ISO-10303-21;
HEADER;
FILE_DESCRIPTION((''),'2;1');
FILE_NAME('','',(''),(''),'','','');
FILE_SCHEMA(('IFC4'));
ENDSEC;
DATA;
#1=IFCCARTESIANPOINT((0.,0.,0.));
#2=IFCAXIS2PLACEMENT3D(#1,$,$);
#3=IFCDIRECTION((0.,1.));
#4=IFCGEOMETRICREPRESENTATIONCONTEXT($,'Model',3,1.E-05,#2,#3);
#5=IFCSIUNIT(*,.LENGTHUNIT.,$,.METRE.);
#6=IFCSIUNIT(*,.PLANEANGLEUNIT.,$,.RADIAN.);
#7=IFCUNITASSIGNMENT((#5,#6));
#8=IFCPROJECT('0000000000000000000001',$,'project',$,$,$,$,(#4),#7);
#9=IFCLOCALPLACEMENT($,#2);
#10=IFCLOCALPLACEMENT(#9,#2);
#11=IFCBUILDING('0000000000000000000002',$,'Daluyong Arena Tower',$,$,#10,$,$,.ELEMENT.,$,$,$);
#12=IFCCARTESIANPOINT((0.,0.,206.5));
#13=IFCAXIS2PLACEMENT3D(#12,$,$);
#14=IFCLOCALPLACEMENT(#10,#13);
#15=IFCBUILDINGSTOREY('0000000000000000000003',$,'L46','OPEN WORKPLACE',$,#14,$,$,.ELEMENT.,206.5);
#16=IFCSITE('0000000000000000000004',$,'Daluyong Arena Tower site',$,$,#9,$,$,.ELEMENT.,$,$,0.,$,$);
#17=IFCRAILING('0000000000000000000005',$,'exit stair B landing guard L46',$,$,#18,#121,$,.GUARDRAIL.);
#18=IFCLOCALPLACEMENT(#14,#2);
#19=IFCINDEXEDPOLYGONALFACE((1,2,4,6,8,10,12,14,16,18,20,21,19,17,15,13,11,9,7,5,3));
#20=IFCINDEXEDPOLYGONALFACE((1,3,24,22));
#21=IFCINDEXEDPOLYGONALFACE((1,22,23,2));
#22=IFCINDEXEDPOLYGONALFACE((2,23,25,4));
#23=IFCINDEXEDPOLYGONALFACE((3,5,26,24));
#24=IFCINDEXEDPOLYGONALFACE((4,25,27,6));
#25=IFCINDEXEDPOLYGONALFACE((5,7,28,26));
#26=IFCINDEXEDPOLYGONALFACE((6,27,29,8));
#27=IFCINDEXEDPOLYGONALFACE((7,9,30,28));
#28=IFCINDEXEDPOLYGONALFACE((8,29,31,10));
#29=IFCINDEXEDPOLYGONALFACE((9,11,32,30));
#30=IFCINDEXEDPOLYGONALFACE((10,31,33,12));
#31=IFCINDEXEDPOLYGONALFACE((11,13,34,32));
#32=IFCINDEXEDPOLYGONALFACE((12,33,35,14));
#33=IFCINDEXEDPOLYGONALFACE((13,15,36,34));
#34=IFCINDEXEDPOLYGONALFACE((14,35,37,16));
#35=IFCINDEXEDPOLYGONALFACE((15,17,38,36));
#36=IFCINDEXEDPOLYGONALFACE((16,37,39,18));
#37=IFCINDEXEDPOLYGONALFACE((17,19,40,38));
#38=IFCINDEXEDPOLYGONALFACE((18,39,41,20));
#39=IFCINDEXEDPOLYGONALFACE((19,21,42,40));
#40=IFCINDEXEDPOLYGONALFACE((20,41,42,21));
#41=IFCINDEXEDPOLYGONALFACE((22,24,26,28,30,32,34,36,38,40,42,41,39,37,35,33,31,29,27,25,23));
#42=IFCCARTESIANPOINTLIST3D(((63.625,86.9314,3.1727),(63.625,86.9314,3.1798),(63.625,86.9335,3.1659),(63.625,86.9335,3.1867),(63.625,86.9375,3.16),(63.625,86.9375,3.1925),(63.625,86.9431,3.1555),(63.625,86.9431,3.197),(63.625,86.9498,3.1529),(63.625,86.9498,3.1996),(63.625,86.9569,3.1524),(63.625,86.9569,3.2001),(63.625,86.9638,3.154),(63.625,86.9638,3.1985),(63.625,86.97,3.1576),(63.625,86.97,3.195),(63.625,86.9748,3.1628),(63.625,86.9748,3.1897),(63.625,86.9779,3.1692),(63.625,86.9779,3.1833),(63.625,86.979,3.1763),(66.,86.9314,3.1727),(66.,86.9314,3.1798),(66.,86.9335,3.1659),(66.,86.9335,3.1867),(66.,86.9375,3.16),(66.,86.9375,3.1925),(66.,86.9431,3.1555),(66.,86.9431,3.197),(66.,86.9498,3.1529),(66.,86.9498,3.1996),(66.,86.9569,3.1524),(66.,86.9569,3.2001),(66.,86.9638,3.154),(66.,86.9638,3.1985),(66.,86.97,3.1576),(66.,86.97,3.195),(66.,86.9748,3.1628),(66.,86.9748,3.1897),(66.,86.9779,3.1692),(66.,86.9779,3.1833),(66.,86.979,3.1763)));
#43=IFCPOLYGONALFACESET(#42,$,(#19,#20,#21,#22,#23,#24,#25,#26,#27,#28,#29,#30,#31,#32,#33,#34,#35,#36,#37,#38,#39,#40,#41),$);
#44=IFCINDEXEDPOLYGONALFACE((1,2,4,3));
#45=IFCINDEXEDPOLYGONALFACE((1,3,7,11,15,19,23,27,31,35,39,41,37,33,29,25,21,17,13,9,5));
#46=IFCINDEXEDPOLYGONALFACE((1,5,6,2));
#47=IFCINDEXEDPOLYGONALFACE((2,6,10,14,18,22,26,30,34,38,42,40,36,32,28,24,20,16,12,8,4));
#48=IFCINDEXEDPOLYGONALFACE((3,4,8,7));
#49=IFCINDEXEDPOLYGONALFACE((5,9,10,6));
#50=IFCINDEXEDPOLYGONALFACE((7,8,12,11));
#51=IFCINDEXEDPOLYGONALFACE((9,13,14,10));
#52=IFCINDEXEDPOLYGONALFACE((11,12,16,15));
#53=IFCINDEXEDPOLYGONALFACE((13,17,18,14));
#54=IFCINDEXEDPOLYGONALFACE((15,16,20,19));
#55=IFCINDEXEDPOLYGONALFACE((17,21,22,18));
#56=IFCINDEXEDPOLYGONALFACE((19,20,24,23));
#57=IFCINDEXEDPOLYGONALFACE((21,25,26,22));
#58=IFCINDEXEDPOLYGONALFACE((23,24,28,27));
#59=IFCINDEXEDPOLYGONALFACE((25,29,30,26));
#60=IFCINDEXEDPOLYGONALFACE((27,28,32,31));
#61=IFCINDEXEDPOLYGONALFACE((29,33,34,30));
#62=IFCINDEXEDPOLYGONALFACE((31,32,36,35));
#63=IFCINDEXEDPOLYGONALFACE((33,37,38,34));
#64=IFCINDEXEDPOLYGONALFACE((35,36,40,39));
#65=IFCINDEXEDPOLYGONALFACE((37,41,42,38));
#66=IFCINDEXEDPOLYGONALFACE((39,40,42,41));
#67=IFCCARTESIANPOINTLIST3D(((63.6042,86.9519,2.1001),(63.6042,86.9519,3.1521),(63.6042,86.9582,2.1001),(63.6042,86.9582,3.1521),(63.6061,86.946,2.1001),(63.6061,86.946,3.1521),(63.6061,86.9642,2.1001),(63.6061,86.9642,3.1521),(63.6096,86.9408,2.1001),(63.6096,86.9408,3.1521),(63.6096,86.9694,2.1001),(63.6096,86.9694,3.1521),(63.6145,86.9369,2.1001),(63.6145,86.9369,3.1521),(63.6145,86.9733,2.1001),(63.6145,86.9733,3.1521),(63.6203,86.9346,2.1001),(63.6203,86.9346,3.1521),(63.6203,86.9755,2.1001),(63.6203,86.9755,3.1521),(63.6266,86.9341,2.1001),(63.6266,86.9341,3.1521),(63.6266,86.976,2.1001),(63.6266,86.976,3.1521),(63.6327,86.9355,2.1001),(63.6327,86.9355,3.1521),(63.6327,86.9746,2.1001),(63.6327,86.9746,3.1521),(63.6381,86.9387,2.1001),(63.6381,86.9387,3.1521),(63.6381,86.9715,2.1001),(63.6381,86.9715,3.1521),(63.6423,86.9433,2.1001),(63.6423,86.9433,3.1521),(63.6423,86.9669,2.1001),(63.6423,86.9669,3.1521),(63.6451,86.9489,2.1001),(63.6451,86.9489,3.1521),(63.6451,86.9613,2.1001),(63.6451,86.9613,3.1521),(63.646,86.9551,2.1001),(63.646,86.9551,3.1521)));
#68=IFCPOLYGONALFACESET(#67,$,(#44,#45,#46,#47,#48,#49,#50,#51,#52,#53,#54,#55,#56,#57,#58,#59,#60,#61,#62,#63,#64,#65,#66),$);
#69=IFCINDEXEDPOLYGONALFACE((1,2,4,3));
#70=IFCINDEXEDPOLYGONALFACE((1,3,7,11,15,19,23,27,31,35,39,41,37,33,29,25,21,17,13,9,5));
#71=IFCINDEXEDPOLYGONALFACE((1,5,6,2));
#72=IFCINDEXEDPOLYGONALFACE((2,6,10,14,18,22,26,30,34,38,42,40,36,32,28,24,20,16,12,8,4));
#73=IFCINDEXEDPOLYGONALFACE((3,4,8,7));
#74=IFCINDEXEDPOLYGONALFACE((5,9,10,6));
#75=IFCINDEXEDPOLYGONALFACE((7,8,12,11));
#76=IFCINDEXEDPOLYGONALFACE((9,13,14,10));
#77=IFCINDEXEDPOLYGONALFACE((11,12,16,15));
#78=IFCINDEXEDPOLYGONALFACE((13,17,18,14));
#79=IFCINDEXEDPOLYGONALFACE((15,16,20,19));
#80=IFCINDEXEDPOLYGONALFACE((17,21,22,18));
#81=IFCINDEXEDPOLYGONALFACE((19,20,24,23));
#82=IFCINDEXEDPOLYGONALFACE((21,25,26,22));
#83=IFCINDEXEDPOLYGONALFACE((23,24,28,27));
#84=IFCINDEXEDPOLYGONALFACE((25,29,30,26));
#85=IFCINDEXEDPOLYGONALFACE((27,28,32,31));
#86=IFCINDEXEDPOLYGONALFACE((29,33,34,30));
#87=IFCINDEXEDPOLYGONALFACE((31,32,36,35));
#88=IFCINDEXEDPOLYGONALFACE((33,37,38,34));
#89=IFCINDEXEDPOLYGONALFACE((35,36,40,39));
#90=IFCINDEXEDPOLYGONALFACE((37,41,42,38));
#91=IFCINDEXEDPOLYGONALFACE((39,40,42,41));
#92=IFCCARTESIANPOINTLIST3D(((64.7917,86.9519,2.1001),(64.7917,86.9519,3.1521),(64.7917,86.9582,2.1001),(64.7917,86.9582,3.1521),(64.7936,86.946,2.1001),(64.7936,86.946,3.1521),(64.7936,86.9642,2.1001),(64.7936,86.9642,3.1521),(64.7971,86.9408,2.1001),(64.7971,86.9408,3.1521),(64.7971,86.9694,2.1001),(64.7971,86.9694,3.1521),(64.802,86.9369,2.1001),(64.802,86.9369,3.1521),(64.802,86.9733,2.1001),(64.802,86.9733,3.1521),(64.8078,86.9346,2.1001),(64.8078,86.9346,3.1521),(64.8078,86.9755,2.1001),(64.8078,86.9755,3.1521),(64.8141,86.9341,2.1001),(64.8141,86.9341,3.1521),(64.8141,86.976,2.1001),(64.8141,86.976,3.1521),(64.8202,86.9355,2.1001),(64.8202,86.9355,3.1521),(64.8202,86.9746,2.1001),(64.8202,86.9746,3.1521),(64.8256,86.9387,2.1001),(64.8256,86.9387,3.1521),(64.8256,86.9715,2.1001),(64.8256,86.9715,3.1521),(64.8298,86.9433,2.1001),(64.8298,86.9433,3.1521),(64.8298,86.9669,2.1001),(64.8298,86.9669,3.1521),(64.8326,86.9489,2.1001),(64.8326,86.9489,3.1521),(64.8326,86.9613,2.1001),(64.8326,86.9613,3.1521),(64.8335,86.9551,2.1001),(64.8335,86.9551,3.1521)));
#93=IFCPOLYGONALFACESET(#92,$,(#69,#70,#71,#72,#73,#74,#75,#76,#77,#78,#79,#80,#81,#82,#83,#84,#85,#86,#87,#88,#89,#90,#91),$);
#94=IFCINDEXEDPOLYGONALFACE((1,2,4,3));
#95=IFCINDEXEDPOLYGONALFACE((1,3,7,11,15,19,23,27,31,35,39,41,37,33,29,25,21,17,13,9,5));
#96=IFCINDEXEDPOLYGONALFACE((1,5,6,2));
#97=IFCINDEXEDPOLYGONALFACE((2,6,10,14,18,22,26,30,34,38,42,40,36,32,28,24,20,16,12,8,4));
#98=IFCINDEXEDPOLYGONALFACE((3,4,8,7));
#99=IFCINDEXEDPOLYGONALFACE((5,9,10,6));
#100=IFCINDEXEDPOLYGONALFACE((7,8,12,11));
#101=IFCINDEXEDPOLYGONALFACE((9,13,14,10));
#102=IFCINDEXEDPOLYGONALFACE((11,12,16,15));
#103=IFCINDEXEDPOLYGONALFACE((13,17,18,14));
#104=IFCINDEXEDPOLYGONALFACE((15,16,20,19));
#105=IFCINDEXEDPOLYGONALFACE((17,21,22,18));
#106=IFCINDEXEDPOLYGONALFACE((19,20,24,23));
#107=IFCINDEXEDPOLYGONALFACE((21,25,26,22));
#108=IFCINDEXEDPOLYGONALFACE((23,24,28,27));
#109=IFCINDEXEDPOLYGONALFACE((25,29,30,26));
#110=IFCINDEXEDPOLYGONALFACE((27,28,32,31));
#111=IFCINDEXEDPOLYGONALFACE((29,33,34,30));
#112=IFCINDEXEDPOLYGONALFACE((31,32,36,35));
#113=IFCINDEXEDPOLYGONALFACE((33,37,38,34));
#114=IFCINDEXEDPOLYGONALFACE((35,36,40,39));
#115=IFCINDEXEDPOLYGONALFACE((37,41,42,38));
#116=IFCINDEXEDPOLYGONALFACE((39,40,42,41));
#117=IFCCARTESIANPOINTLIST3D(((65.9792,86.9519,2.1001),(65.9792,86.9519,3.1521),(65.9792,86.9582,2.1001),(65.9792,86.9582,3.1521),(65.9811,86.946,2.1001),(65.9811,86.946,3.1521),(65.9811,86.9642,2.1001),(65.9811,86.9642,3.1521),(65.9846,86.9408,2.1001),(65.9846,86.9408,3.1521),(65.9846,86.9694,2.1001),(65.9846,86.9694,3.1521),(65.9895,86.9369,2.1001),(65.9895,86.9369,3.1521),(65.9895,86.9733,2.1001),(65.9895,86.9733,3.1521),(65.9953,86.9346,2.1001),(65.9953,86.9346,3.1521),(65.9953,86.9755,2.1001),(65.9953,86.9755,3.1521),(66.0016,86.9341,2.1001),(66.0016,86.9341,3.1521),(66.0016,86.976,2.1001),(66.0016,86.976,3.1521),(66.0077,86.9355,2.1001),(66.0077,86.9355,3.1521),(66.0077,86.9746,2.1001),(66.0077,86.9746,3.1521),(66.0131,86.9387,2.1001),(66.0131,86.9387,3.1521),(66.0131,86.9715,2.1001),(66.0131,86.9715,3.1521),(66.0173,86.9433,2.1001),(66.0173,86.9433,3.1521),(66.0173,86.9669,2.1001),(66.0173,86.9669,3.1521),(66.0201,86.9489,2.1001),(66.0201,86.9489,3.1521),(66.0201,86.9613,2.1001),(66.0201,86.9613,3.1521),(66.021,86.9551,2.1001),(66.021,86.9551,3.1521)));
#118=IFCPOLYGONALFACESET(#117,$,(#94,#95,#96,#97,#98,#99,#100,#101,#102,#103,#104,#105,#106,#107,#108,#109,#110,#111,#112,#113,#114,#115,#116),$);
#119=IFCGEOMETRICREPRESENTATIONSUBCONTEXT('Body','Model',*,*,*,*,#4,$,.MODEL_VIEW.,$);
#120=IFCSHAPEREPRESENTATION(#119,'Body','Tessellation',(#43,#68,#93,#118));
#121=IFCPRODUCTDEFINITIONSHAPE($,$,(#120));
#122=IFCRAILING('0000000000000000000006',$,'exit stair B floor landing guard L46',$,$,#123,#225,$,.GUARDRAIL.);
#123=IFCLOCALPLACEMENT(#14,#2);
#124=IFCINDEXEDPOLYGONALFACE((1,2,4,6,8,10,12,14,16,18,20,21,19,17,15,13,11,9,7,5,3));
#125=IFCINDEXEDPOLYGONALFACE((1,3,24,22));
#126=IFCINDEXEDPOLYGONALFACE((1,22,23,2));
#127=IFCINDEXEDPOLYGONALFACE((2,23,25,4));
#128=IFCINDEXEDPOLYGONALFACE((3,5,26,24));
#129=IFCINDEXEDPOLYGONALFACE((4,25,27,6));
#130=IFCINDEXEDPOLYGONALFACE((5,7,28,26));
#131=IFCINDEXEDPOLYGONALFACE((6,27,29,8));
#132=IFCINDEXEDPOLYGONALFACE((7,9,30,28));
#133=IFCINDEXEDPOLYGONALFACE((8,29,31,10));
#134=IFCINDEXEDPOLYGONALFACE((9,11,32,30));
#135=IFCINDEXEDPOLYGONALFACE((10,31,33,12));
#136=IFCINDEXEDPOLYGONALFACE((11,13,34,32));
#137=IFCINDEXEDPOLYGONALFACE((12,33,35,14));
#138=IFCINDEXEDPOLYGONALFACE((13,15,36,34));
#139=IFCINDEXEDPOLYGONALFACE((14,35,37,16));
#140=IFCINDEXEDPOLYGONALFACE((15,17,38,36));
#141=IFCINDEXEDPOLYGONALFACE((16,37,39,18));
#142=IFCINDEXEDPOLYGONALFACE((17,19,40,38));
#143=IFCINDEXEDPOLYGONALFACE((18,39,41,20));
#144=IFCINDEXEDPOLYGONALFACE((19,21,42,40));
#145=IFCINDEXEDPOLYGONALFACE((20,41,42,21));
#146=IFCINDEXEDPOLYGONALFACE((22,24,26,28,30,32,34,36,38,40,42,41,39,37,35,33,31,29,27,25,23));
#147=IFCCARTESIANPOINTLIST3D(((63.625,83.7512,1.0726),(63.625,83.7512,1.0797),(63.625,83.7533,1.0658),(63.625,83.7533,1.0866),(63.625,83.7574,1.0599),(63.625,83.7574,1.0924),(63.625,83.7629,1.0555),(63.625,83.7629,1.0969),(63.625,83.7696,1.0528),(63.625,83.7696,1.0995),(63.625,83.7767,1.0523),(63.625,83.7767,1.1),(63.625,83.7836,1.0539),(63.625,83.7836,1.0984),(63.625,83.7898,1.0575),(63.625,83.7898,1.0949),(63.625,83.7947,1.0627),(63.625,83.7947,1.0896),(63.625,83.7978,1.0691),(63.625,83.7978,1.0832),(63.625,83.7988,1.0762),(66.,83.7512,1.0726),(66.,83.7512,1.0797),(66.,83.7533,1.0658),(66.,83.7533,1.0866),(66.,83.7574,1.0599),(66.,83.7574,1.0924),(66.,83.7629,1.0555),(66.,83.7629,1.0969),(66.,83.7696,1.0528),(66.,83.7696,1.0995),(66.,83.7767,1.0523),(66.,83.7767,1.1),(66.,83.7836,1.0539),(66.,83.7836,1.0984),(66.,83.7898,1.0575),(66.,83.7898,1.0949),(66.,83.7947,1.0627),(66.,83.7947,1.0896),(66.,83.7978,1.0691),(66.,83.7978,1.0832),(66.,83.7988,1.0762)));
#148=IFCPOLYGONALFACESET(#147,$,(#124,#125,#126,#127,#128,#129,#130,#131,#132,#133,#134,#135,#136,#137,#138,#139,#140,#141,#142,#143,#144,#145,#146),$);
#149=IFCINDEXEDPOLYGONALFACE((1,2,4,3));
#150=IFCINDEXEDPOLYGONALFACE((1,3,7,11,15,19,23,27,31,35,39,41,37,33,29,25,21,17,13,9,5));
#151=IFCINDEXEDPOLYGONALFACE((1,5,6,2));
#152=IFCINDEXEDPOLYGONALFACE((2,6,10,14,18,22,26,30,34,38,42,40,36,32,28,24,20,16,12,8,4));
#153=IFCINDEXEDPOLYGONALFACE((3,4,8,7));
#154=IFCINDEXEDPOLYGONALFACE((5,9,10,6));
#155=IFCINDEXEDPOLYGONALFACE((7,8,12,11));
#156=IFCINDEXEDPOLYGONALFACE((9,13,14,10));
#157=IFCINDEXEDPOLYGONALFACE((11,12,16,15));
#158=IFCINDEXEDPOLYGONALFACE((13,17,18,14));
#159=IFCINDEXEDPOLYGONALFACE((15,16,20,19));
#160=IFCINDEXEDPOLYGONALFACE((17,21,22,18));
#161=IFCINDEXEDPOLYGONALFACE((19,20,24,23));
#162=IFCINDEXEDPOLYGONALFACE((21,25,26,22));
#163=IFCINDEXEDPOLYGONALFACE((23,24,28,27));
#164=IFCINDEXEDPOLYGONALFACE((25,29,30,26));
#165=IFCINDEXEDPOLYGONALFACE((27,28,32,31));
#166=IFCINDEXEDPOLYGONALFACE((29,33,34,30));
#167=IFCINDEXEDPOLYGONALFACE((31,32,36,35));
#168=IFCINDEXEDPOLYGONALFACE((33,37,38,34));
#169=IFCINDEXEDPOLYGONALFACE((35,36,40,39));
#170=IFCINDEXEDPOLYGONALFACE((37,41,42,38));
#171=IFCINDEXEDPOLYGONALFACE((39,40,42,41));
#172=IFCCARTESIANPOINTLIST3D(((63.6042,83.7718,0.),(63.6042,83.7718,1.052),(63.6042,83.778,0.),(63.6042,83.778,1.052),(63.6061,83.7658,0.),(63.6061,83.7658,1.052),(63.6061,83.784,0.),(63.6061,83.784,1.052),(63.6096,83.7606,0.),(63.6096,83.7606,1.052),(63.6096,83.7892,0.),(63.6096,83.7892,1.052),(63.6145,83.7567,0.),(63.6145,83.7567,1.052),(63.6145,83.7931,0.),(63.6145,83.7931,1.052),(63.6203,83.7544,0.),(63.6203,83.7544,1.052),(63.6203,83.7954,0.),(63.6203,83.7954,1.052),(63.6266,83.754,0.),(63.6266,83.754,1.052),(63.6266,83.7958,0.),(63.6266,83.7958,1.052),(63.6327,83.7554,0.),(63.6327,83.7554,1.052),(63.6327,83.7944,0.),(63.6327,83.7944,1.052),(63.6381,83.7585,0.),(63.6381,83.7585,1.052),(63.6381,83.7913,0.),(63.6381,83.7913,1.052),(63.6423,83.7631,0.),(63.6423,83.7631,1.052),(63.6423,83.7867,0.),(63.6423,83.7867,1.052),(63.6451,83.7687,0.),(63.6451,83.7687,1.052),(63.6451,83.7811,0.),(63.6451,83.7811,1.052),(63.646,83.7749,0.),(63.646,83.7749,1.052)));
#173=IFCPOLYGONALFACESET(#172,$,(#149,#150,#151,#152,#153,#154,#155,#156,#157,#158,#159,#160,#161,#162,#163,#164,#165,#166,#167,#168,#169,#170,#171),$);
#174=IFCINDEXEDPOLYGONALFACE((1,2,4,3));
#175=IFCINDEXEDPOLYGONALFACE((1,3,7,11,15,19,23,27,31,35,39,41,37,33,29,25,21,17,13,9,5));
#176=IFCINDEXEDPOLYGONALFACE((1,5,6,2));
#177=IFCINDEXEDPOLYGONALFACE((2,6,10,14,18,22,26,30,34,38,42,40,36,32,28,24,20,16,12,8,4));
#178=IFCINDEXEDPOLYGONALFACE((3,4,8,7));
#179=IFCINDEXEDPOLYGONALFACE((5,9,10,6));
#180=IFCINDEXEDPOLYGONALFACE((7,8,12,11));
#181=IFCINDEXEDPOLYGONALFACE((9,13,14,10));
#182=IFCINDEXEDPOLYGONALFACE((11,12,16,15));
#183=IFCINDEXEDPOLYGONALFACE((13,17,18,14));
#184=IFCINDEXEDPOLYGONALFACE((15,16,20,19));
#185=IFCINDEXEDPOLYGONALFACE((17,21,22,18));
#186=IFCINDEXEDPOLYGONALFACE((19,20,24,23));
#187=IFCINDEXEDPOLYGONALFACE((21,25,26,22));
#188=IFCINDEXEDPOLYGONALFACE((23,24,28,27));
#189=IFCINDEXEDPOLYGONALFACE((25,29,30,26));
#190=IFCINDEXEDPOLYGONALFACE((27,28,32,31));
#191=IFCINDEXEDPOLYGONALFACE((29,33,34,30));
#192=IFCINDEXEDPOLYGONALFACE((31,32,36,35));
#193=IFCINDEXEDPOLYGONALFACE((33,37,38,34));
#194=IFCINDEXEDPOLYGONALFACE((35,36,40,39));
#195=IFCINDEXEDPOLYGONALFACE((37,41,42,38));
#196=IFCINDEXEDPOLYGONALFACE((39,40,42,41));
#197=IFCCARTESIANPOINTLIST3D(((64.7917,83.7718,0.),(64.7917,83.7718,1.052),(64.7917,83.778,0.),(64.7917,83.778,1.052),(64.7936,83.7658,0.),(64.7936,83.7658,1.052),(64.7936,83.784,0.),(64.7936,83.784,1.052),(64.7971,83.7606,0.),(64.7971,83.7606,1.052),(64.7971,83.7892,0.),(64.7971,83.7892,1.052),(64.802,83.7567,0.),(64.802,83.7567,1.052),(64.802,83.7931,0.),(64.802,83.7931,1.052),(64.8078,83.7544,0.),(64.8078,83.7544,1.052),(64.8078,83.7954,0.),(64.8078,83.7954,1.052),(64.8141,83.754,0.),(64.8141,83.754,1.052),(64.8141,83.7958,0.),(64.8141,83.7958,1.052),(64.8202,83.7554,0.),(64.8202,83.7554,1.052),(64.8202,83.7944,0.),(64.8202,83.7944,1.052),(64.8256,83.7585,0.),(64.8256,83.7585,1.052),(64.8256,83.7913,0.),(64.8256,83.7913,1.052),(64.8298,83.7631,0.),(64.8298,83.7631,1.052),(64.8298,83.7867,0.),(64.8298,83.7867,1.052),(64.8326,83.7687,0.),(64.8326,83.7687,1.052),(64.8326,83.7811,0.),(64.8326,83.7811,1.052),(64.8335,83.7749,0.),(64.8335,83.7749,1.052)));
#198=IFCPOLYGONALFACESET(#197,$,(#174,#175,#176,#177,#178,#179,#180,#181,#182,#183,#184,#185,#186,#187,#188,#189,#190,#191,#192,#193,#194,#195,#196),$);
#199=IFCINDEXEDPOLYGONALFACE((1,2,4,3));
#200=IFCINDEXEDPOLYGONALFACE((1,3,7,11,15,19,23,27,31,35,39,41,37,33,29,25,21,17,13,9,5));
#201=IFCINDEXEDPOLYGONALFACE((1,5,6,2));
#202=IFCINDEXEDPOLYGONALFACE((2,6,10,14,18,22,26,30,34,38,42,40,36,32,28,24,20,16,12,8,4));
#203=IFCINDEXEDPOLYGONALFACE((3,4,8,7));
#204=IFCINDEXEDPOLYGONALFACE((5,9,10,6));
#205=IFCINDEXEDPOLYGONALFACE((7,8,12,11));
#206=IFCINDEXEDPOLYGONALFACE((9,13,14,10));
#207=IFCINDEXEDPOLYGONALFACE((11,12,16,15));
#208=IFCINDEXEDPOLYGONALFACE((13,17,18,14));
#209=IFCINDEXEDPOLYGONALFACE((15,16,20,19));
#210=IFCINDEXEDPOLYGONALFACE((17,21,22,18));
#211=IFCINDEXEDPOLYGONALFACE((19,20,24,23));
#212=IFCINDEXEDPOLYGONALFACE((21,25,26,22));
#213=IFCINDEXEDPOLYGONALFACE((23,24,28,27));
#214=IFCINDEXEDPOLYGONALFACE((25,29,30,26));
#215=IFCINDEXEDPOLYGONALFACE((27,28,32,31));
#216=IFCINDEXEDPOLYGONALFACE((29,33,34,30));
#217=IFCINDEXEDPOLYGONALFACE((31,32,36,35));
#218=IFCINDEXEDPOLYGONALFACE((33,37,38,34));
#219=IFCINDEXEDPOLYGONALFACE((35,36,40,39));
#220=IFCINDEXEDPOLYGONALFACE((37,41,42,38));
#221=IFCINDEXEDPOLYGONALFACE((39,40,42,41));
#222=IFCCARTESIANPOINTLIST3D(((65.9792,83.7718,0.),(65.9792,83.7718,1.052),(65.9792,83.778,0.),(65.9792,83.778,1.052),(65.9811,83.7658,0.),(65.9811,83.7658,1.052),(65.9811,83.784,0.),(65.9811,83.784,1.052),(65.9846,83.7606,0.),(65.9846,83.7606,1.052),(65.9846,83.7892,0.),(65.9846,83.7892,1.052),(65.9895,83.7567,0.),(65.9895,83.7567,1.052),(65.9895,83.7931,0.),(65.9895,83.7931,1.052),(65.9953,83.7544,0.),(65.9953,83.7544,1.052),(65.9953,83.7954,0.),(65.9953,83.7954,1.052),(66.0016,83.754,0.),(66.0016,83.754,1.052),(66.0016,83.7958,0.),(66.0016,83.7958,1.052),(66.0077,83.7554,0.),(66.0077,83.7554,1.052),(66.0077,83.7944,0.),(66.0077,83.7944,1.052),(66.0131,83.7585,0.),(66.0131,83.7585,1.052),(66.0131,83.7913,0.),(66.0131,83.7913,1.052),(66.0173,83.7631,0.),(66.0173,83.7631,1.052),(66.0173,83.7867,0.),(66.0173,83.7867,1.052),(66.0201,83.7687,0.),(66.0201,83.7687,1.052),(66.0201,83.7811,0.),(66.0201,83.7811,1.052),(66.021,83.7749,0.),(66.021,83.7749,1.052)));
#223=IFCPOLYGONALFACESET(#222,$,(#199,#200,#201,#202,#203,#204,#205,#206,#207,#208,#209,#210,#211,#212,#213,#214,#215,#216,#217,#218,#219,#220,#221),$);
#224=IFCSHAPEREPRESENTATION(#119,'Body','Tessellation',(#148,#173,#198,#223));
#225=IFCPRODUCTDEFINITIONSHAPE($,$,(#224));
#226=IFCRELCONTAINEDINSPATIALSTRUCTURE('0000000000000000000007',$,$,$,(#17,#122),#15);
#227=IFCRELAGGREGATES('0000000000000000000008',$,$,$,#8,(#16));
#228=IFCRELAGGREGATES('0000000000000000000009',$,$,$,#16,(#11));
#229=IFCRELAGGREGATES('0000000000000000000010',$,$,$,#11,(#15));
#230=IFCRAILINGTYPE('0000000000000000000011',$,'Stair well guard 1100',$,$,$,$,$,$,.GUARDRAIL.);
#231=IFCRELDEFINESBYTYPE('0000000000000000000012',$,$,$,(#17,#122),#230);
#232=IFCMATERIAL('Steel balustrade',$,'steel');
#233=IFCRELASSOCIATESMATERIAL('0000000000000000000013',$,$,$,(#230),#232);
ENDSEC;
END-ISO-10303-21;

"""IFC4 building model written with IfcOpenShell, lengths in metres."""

from ifc_helpers import new_model, si_unit, direction, frame, origin, origin_2d, place, context, subcontext, project, spatial, circle, extrude, material, type_object, element, save


model = new_model("IFC4")

# Units and contexts
model_context = context("Model", 3, precision=1e-05, world=origin(), true_north=direction((0.0, 1.0)))
body_context = subcontext(model_context, "Body", "Model", "MODEL_VIEW")
ifc_project = project(units=[si_unit("LENGTHUNIT", "METRE"), si_unit("PLANEANGLEUNIT", "RADIAN")], contexts=[model_context])

# Site, building, storey
site_placement = place(None, origin())
site = spatial("IfcSite", under=ifc_project, at=site_placement, Name="Daluyong Arena Tower site", CompositionType="ELEMENT", RefElevation=0.0)
building_placement = place(site_placement, origin())
building = spatial("IfcBuilding", under=site, at=building_placement, Name="Daluyong Arena Tower", CompositionType="ELEMENT")
storey_placement = place(building_placement, frame((0.0, 0.0, 206.5)))
storey = spatial("IfcBuildingStorey", under=building, at=storey_placement, Name="L46", Description="OPEN WORKPLACE", CompositionType="ELEMENT", Elevation=206.5)

# Railings
ifc_material_1 = material(Name="Steel balustrade", Category="steel")
railing_type_1 = type_object("IfcRailingType", Name="Stair well guard 1100", PredefinedType="GUARDRAIL", material=ifc_material_1)
for number, where, name in (
    (1, (63.625, 86.9551, 2.1001), "exit stair B landing guard L46"),
    (2, (63.625, 83.7749, 0.0), "exit stair B floor landing guard L46"),
):
    element("IfcRailing", number, at=place(storey_placement, frame(where)), inside=storey, type_object=railing_type_1, Name=name, PredefinedType="GUARDRAIL", context=body_context, shape_type="SweptSolid", body=[
        extrude(circle(Radius=0.0239, at=origin_2d()), frame((0.0, 0.0, 1.0762), z_axis=(1.0, 0.0, 0.0), x_axis=(0.0, 1.0, 0.0)), (0.0, 0.0, 1.0), 2.375),
        extrude(circle(Radius=0.021, at=origin_2d()), origin(), (0.0, 0.0, 1.0), 1.052),
        extrude(circle(Radius=0.021, at=origin_2d()), frame((1.1875, 0.0, 0.0)), (0.0, 0.0, 1.0), 1.052),
        extrude(circle(Radius=0.021, at=origin_2d()), frame((2.375, 0.0, 0.0)), (0.0, 0.0, 1.0), 1.052),
    ])

save(model, "model.ifc")
